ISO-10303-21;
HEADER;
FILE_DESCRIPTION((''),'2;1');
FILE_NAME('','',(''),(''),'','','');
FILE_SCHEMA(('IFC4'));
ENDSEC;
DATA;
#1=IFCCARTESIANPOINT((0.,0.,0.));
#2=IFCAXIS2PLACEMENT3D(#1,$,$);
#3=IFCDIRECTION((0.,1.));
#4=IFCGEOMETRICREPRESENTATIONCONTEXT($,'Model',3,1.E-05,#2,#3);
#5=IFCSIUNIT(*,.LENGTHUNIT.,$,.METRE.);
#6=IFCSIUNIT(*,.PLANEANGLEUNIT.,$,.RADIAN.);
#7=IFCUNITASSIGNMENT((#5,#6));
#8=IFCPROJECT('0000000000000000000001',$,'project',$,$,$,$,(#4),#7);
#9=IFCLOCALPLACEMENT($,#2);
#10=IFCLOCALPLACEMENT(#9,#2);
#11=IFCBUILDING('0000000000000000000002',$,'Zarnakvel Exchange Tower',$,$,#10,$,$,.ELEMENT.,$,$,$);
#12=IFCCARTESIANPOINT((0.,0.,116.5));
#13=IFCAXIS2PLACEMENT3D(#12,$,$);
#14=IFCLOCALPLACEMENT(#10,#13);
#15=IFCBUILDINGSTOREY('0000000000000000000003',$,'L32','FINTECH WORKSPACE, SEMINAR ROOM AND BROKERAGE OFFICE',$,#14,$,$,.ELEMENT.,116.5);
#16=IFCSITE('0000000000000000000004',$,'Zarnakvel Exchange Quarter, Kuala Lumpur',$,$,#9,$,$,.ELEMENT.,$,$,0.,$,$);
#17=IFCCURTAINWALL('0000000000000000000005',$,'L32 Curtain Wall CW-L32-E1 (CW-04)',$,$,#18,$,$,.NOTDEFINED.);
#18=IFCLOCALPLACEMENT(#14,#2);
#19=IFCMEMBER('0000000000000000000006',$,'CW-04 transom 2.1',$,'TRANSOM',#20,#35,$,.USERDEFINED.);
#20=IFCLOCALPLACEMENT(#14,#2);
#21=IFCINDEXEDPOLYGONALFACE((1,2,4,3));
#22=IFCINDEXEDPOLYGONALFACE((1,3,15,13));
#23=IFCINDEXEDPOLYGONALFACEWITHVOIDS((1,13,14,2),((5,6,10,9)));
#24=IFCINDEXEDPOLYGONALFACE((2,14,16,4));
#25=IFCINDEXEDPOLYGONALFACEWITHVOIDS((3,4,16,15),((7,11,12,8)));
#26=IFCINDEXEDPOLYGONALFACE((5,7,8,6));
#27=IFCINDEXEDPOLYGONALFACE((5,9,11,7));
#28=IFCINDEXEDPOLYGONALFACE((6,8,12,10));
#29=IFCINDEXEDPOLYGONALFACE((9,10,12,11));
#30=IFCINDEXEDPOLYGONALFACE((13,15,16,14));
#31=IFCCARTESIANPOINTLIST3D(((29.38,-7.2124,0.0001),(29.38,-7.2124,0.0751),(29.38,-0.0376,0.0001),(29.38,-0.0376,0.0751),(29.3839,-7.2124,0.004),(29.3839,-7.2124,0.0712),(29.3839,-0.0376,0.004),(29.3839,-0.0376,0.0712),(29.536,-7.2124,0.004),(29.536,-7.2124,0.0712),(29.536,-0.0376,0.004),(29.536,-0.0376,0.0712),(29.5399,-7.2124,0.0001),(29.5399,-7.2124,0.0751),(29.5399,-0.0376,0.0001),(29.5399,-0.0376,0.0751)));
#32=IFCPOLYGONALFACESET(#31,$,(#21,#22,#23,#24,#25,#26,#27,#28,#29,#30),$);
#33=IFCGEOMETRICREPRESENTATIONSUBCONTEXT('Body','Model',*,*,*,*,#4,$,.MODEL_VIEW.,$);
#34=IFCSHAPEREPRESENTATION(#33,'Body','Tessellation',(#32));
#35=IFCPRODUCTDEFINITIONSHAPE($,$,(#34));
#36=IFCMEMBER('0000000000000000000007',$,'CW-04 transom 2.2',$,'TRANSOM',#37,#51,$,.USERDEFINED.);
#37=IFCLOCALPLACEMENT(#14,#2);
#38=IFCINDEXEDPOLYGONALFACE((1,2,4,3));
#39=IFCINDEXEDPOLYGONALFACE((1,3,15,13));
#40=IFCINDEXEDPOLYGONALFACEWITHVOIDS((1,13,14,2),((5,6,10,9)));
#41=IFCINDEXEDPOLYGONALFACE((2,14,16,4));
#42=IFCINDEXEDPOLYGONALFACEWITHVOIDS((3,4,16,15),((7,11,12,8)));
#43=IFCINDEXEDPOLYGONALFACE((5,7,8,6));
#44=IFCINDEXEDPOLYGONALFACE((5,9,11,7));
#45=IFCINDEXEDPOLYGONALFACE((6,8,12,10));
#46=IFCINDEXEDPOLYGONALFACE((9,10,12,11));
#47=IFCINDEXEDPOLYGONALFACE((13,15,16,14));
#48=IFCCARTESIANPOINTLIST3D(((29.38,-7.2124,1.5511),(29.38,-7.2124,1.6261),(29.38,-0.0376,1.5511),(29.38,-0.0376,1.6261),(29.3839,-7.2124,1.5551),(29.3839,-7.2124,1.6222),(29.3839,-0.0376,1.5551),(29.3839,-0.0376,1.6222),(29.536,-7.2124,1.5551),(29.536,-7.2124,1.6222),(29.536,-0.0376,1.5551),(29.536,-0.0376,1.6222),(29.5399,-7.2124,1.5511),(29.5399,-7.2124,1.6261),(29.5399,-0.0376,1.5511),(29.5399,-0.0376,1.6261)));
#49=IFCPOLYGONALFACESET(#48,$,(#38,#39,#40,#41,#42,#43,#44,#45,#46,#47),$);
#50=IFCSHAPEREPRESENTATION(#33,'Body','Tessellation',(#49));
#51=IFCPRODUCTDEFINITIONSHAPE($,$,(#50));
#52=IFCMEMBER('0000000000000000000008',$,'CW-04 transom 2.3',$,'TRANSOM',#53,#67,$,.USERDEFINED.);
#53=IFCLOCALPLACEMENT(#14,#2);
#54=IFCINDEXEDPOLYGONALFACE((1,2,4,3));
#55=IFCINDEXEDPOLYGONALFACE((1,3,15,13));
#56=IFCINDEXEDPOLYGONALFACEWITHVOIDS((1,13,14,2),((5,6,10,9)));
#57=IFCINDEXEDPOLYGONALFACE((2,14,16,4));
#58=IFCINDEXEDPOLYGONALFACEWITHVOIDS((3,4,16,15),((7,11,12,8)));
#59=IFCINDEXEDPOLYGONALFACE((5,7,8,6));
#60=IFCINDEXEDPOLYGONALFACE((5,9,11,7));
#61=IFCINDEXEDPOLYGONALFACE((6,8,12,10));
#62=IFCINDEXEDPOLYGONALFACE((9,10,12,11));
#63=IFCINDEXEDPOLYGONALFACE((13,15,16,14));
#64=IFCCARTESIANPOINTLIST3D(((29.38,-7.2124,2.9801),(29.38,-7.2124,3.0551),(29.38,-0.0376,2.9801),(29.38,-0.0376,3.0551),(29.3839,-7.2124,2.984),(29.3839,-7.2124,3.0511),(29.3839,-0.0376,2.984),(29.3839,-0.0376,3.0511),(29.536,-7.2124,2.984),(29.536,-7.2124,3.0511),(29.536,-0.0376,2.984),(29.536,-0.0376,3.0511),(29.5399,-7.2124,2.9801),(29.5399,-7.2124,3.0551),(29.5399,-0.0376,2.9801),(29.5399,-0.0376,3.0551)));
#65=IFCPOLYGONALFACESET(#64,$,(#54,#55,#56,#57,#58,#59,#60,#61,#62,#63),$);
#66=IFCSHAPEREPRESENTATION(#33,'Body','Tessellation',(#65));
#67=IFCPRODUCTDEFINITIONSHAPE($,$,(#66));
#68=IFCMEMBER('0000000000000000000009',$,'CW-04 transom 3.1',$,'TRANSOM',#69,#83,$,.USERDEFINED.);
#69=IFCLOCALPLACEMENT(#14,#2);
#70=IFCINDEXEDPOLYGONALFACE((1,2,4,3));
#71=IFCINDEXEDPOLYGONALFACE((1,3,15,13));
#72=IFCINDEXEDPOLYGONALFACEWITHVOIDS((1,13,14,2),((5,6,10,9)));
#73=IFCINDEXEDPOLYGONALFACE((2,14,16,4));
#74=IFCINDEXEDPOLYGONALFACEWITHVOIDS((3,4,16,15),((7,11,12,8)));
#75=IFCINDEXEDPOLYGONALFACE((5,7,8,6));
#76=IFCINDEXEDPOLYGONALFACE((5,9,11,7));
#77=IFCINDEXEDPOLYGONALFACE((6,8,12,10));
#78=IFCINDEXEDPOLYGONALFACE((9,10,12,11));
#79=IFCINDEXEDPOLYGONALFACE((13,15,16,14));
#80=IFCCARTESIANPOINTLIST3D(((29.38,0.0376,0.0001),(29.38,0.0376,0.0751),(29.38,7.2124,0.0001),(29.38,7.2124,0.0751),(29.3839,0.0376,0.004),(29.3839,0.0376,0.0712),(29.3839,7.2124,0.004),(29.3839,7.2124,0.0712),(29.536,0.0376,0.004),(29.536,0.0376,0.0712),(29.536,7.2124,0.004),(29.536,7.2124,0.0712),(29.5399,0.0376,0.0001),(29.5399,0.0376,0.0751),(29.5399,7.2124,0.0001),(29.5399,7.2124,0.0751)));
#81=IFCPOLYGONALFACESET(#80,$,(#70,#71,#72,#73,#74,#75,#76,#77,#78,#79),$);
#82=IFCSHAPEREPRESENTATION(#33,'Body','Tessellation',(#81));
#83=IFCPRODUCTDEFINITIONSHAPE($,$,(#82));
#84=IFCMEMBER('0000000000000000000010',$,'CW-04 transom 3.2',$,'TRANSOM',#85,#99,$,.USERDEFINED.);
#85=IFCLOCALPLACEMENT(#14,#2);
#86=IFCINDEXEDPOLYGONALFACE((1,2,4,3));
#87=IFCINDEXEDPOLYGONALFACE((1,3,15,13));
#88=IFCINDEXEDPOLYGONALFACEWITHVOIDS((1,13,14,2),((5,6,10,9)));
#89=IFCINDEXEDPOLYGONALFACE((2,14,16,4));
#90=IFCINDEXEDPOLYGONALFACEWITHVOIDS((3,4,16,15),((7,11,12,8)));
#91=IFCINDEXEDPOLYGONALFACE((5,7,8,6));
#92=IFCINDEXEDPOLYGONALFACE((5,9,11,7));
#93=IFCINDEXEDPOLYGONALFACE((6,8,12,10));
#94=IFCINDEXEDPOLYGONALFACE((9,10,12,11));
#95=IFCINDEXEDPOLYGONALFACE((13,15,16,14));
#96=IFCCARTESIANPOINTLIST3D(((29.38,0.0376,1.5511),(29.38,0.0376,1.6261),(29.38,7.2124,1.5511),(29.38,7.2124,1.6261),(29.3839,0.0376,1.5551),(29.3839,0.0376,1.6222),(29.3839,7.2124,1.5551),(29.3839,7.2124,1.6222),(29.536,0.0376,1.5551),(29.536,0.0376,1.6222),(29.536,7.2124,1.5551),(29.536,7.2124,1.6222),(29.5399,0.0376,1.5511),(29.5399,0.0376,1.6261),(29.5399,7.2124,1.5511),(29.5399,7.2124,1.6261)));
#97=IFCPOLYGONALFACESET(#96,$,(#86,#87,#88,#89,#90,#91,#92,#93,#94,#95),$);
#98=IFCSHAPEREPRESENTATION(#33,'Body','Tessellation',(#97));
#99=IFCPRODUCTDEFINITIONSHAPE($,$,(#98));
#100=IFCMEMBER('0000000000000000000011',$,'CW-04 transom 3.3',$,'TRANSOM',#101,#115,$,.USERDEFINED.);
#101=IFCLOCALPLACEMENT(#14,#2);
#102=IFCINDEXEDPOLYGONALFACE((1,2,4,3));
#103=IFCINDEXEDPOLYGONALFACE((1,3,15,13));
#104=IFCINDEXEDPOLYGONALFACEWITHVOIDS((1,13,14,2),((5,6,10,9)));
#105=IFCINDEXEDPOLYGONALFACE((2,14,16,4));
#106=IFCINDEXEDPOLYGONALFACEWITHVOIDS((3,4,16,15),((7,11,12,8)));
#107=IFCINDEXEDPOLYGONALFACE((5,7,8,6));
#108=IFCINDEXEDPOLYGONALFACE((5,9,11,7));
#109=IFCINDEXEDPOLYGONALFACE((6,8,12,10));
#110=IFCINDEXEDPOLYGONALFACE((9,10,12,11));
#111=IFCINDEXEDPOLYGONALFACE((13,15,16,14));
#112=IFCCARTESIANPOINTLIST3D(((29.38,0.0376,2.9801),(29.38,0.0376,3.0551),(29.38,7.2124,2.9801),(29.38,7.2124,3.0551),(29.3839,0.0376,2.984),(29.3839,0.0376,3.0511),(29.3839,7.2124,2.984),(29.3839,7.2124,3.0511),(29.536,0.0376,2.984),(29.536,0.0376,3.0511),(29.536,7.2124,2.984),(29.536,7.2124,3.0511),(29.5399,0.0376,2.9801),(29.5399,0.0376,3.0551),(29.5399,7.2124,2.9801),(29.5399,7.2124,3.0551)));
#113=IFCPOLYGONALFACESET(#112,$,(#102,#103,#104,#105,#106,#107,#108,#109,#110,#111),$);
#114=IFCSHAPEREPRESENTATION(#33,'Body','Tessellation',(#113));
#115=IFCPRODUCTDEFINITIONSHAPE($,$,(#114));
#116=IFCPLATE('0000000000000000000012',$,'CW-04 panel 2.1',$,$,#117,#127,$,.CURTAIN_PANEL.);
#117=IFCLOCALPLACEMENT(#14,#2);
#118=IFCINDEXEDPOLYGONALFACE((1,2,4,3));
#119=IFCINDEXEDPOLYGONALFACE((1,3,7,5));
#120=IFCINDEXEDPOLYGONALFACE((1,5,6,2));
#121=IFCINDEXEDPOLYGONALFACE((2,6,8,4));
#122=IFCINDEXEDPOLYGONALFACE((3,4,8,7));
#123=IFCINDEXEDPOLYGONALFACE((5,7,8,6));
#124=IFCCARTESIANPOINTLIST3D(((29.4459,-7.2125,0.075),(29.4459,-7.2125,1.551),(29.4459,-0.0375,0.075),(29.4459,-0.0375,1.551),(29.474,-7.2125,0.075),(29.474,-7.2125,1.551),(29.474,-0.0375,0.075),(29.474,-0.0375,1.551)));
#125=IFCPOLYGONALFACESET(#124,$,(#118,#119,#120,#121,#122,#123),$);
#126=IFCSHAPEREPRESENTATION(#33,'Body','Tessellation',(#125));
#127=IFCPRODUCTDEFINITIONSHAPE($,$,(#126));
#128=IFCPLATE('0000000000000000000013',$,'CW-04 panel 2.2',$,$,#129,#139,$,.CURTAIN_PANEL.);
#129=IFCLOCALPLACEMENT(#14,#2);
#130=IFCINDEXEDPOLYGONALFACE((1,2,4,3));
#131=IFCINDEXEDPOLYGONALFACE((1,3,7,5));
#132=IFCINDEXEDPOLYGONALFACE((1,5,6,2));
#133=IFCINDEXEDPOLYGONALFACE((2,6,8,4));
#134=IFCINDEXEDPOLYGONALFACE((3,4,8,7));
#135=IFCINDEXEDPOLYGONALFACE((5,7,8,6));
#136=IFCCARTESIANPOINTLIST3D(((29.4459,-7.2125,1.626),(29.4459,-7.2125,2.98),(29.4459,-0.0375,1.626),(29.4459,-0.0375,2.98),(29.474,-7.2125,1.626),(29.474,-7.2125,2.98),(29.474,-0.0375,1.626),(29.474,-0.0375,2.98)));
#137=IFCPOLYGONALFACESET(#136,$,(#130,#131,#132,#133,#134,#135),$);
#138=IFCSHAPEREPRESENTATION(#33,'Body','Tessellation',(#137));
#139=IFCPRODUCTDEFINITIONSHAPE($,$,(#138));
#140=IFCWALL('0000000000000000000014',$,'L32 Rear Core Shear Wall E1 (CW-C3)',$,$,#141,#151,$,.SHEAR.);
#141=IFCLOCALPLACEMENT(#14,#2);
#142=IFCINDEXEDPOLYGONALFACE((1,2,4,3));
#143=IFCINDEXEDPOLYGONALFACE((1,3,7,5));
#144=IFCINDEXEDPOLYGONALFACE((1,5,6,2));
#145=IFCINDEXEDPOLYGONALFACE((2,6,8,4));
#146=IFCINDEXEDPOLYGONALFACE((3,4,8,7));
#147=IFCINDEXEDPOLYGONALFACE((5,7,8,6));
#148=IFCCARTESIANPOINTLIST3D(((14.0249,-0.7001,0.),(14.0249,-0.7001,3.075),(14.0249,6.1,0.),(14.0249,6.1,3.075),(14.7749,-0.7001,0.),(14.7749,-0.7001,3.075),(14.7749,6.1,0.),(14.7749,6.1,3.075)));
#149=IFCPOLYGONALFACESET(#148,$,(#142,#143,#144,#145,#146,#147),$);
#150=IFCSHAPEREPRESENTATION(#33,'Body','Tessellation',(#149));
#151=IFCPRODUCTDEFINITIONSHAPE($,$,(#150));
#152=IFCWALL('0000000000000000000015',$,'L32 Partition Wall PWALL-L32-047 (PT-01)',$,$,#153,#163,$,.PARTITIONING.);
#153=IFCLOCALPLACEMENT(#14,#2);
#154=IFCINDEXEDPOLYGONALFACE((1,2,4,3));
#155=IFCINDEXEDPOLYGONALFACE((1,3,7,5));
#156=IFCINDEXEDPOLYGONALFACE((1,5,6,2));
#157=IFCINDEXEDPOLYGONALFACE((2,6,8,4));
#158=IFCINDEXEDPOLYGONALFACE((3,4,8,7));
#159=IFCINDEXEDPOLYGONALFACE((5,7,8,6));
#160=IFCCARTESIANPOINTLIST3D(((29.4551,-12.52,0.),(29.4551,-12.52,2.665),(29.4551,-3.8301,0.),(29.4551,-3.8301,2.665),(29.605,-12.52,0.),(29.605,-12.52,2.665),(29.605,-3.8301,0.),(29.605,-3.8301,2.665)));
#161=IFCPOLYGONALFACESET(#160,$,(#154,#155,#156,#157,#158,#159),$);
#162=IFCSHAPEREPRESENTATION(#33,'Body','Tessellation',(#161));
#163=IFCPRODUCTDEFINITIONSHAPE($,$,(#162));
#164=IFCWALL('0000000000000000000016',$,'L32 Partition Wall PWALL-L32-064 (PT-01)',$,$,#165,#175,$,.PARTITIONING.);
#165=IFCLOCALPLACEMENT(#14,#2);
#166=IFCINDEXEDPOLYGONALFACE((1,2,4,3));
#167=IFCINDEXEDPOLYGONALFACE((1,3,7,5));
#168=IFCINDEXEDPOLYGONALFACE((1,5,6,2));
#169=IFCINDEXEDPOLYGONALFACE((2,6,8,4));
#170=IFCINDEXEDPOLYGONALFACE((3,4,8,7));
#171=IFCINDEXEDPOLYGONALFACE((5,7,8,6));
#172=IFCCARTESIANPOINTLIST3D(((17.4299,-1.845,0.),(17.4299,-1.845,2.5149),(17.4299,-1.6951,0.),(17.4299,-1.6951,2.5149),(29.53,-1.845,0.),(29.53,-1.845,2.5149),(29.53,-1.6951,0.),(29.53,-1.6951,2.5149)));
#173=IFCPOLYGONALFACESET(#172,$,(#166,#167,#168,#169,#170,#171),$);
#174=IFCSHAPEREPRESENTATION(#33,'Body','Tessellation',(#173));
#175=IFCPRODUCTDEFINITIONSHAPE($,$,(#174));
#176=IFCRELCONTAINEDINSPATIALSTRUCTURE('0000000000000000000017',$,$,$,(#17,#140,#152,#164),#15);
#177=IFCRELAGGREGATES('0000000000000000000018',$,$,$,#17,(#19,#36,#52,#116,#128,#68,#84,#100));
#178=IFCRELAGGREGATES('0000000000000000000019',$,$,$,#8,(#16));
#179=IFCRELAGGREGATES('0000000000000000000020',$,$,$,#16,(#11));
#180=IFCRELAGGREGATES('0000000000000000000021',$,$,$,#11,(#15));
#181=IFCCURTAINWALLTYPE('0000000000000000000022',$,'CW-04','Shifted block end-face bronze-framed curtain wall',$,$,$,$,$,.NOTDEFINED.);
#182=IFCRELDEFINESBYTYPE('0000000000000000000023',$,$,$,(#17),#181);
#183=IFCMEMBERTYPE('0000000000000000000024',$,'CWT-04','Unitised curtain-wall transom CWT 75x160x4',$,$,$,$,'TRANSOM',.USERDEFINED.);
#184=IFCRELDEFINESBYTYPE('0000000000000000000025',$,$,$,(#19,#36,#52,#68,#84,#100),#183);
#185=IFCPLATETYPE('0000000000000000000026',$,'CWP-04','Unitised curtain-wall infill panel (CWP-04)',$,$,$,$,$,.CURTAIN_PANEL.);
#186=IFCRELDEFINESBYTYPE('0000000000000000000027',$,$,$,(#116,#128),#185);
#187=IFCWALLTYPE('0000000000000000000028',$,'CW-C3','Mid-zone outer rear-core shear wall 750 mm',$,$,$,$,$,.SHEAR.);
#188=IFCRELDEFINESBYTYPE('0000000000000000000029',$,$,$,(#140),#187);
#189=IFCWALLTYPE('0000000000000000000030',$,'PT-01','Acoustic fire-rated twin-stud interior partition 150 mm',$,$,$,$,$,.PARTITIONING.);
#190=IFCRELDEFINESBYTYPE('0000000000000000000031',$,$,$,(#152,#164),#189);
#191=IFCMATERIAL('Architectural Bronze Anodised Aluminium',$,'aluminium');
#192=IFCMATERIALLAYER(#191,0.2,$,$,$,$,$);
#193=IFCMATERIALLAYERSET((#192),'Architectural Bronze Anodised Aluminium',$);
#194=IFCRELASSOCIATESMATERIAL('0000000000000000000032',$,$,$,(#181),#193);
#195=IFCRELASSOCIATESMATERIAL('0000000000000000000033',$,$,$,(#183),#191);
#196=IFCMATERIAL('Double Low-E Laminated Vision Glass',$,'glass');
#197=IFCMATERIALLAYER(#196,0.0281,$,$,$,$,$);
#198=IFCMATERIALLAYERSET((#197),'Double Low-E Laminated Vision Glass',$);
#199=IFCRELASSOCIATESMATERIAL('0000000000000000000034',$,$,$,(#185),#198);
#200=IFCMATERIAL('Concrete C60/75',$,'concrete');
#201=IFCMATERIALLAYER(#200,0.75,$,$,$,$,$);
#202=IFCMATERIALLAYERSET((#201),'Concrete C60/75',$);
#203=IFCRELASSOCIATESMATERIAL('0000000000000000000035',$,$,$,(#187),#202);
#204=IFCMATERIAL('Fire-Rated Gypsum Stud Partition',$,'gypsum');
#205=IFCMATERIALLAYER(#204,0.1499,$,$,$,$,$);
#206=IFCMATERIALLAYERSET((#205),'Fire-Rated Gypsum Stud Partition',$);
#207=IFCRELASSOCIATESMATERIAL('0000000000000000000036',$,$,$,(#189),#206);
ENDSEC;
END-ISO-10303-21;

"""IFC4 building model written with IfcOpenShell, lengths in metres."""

from ifc_helpers import new_model, si_unit, direction, frame, frame_2d, origin, origin_2d, place, context, subcontext, project, spatial, rectangle, hollow_rectangle, extrude, source, transform, mapped, material, layer, layer_set, material_profile, profile_set, type_object, element, aggregate, save


model = new_model("IFC4")

# Units and contexts
model_context = context("Model", 3, precision=1e-05, world=origin(), true_north=direction((0.0, 1.0)))
body_context = subcontext(model_context, "Body", "Model", "MODEL_VIEW")
ifc_project = project(units=[si_unit("LENGTHUNIT", "METRE"), si_unit("PLANEANGLEUNIT", "RADIAN")], contexts=[model_context])

# Site, building, storey
site_placement = place(None, origin())
site = spatial("IfcSite", under=ifc_project, at=site_placement, Name="Zarnakvel Exchange Quarter, Kuala Lumpur", CompositionType="ELEMENT", RefElevation=0.0)
building_placement = place(site_placement, origin())
building = spatial("IfcBuilding", under=site, at=building_placement, Name="Zarnakvel Exchange Tower", CompositionType="ELEMENT")
storey_placement = place(building_placement, frame((0.0, 0.0, 116.5)))
storey = spatial("IfcBuildingStorey", under=building, at=storey_placement, Name="L32", Description="FINTECH WORKSPACE, SEMINAR ROOM AND BROKERAGE OFFICE", CompositionType="ELEMENT", Elevation=116.5)

# Shared definitions
ifc_material_1 = material(Name="Concrete C60/75", Category="concrete")

# Curtain wall, members, plates
ifc_material_2 = material(Name="Architectural Bronze Anodised Aluminium", Category="aluminium")
ifc_layer_1 = layer(ifc_material_2, 0.2)
ifc_layer_set_1 = layer_set([ifc_layer_1], Name="Architectural Bronze Anodised Aluminium")
curtain_wall_type = type_object("IfcCurtainWallType", Name="CW-04", Description="Shifted block end-face bronze-framed curtain wall", PredefinedType="NOTDEFINED", material=ifc_layer_set_1)
curtain_wall_placement = place(storey_placement, origin())
curtain_wall = element("IfcCurtainWall", 1, at=curtain_wall_placement, inside=storey, type_object=curtain_wall_type, Name="L32 Curtain Wall CW-L32-E1 (CW-04)", PredefinedType="NOTDEFINED")
ifc_material_profile_1 = material_profile(ifc_material_2, hollow_rectangle(XDim=0.1599, YDim=0.075, WallThickness=0.0039, at=origin_2d()))
ifc_profile_set_1 = profile_set([ifc_material_profile_1], Name="Architectural Bronze Anodised Aluminium")
member_type_1 = type_object("IfcMemberType", Name="CWT-04", Description="Unitised curtain-wall transom CWT 75x160x4", ElementType="TRANSOM", PredefinedType="USERDEFINED", material=ifc_profile_set_1)
shared_shape_1 = source(origin(), body_context, "Body", "SweptSolid", [
    extrude(hollow_rectangle(XDim=0.1599, YDim=0.075, WallThickness=0.0039, at=origin_2d()), origin(), (0.0, 0.0, 1.0), 7.1748),
])
member_1_placement = place(storey_placement, frame((29.46, -7.2124, 0.0376), z_axis=(0.0, 1.0, 0.0), x_axis=(-1.0, 0.0, 0.0)))
member_1 = element("IfcMember", 2, at=member_1_placement, type_object=member_type_1, Name="CW-04 transom 2.1", ObjectType="TRANSOM", PredefinedType="USERDEFINED", context=body_context, shape_type="MappedRepresentation", body=[
    mapped(shared_shape_1, transform((0.0, 0.0, 0.0), x_axis=(1.0, 0.0, 0.0), y_axis=(0.0, 1.0, 0.0), z_axis=(0.0, 0.0, 1.0), scale=1.0)),
])
member_2_placement = place(storey_placement, frame((29.46, -7.2124, 1.5886), z_axis=(0.0, 1.0, 0.0), x_axis=(-1.0, 0.0, 0.0)))
member_2 = element("IfcMember", 3, at=member_2_placement, type_object=member_type_1, Name="CW-04 transom 2.2", ObjectType="TRANSOM", PredefinedType="USERDEFINED", context=body_context, shape_type="MappedRepresentation", body=[
    mapped(shared_shape_1, transform((0.0, 0.0, 0.0), x_axis=(1.0, 0.0, 0.0), y_axis=(0.0, 1.0, 0.0), z_axis=(0.0, 0.0, 1.0), scale=1.0)),
])
member_3_placement = place(storey_placement, frame((29.46, -7.2124, 3.0176), z_axis=(0.0, 1.0, 0.0), x_axis=(-1.0, 0.0, 0.0)))
member_3 = element("IfcMember", 4, at=member_3_placement, type_object=member_type_1, Name="CW-04 transom 2.3", ObjectType="TRANSOM", PredefinedType="USERDEFINED", context=body_context, shape_type="MappedRepresentation", body=[
    mapped(shared_shape_1, transform((0.0, 0.0, 0.0), x_axis=(1.0, 0.0, 0.0), y_axis=(0.0, 1.0, 0.0), z_axis=(0.0, 0.0, 1.0), scale=1.0)),
])
member_4_placement = place(storey_placement, frame((29.46, 0.0376, 0.0376), z_axis=(0.0, 1.0, 0.0), x_axis=(-1.0, 0.0, 0.0)))
member_4 = element("IfcMember", 5, at=member_4_placement, type_object=member_type_1, Name="CW-04 transom 3.1", ObjectType="TRANSOM", PredefinedType="USERDEFINED", context=body_context, shape_type="MappedRepresentation", body=[
    mapped(shared_shape_1, transform((0.0, 0.0, 0.0), x_axis=(1.0, 0.0, 0.0), y_axis=(0.0, 1.0, 0.0), z_axis=(0.0, 0.0, 1.0), scale=1.0)),
])
member_5_placement = place(storey_placement, frame((29.46, 0.0376, 1.5886), z_axis=(0.0, 1.0, 0.0), x_axis=(-1.0, 0.0, 0.0)))
member_5 = element("IfcMember", 6, at=member_5_placement, type_object=member_type_1, Name="CW-04 transom 3.2", ObjectType="TRANSOM", PredefinedType="USERDEFINED", context=body_context, shape_type="MappedRepresentation", body=[
    mapped(shared_shape_1, transform((0.0, 0.0, 0.0), x_axis=(1.0, 0.0, 0.0), y_axis=(0.0, 1.0, 0.0), z_axis=(0.0, 0.0, 1.0), scale=1.0)),
])
member_6_placement = place(storey_placement, frame((29.46, 0.0376, 3.0176), z_axis=(0.0, 1.0, 0.0), x_axis=(-1.0, 0.0, 0.0)))
member_6 = element("IfcMember", 7, at=member_6_placement, type_object=member_type_1, Name="CW-04 transom 3.3", ObjectType="TRANSOM", PredefinedType="USERDEFINED", context=body_context, shape_type="MappedRepresentation", body=[
    mapped(shared_shape_1, transform((0.0, 0.0, 0.0), x_axis=(1.0, 0.0, 0.0), y_axis=(0.0, 1.0, 0.0), z_axis=(0.0, 0.0, 1.0), scale=1.0)),
])
ifc_material_3 = material(Name="Double Low-E Laminated Vision Glass", Category="glass")
ifc_layer_2 = layer(ifc_material_3, 0.0281)
ifc_layer_set_2 = layer_set([ifc_layer_2], Name="Double Low-E Laminated Vision Glass")
plate_type = type_object("IfcPlateType", Name="CWP-04", Description="Unitised curtain-wall infill panel (CWP-04)", PredefinedType="CURTAIN_PANEL", material=ifc_layer_set_2)
shared_shape_2 = source(origin(), body_context, "Body", "SweptSolid", [
    extrude(rectangle(XDim=7.175, YDim=0.0281, at=origin_2d()), origin(), (0.0, 0.0, 1.0), 1.4761),
])
plate_1_placement = place(storey_placement, frame((29.46, -3.625, 0.075), z_axis=(0.0, 0.0, 1.0), x_axis=(0.0, 1.0, 0.0)))
plate_1 = element("IfcPlate", 8, at=plate_1_placement, type_object=plate_type, Name="CW-04 panel 2.1", PredefinedType="CURTAIN_PANEL", context=body_context, shape_type="MappedRepresentation", body=[
    mapped(shared_shape_2, transform((0.0, 0.0, 0.0), x_axis=(1.0, 0.0, 0.0), y_axis=(0.0, 1.0, 0.0), z_axis=(0.0, 0.0, 1.0), scale=1.0)),
])
shared_shape_3 = source(origin(), body_context, "Body", "SweptSolid", [
    extrude(rectangle(XDim=7.175, YDim=0.0281, at=origin_2d()), origin(), (0.0, 0.0, 1.0), 1.354),
])
plate_2_placement = place(storey_placement, frame((29.46, -3.625, 1.626), z_axis=(0.0, 0.0, 1.0), x_axis=(0.0, 1.0, 0.0)))
plate_2 = element("IfcPlate", 9, at=plate_2_placement, type_object=plate_type, Name="CW-04 panel 2.2", PredefinedType="CURTAIN_PANEL", context=body_context, shape_type="MappedRepresentation", body=[
    mapped(shared_shape_3, transform((0.0, 0.0, 0.0), x_axis=(1.0, 0.0, 0.0), y_axis=(0.0, 1.0, 0.0), z_axis=(0.0, 0.0, 1.0), scale=1.0)),
])
aggregate(curtain_wall, [member_1, member_2, member_3, plate_1, plate_2, member_4, member_5, member_6])

# Walls
ifc_layer_3 = layer(ifc_material_1, 0.75)
ifc_layer_set_3 = layer_set([ifc_layer_3], Name="Concrete C60/75")
wall_type_1 = type_object("IfcWallType", Name="CW-C3", Description="Mid-zone outer rear-core shear wall 750 mm", PredefinedType="SHEAR", material=ifc_layer_set_3)
wall_1_placement = place(storey_placement, frame((14.3999, -0.7, 0.0), z_axis=(0.0, 0.0, 1.0), x_axis=(0.0, 1.0, 0.0)))
element("IfcWall", 10, at=wall_1_placement, inside=storey, type_object=wall_type_1, Name="L32 Rear Core Shear Wall E1 (CW-C3)", PredefinedType="SHEAR", context=body_context, shape_type="SweptSolid", body=[
    extrude(rectangle(XDim=6.8, YDim=0.75, at=frame_2d((3.3999, 0.0))), origin(), (0.0, 0.0, 1.0), 3.075),
])
ifc_material_4 = material(Name="Fire-Rated Gypsum Stud Partition", Category="gypsum")
ifc_layer_4 = layer(ifc_material_4, 0.1499)
ifc_layer_set_4 = layer_set([ifc_layer_4], Name="Fire-Rated Gypsum Stud Partition")
wall_type_2 = type_object("IfcWallType", Name="PT-01", Description="Acoustic fire-rated twin-stud interior partition 150 mm", PredefinedType="PARTITIONING", material=ifc_layer_set_4)
wall_2_placement = place(storey_placement, frame((29.53, -3.8301, 0.0), z_axis=(0.0, 0.0, 1.0), x_axis=(0.0, -1.0, 0.0)))
element("IfcWall", 11, at=wall_2_placement, inside=storey, type_object=wall_type_2, Name="L32 Partition Wall PWALL-L32-047 (PT-01)", PredefinedType="PARTITIONING", context=body_context, shape_type="SweptSolid", body=[
    extrude(rectangle(XDim=8.6899, YDim=0.1499, at=frame_2d((4.345, 0.0))), origin(), (0.0, 0.0, 1.0), 2.665),
])
wall_3_placement = place(storey_placement, frame((29.53, -1.77, 0.0), z_axis=(0.0, 0.0, 1.0), x_axis=(-1.0, 0.0, 0.0)))
element("IfcWall", 12, at=wall_3_placement, inside=storey, type_object=wall_type_2, Name="L32 Partition Wall PWALL-L32-064 (PT-01)", PredefinedType="PARTITIONING", context=body_context, shape_type="SweptSolid", body=[
    extrude(rectangle(XDim=12.1001, YDim=0.1499, at=frame_2d((6.05, 0.0))), origin(), (0.0, 0.0, 1.0), 2.5149),
])

save(model, "model.ifc")
